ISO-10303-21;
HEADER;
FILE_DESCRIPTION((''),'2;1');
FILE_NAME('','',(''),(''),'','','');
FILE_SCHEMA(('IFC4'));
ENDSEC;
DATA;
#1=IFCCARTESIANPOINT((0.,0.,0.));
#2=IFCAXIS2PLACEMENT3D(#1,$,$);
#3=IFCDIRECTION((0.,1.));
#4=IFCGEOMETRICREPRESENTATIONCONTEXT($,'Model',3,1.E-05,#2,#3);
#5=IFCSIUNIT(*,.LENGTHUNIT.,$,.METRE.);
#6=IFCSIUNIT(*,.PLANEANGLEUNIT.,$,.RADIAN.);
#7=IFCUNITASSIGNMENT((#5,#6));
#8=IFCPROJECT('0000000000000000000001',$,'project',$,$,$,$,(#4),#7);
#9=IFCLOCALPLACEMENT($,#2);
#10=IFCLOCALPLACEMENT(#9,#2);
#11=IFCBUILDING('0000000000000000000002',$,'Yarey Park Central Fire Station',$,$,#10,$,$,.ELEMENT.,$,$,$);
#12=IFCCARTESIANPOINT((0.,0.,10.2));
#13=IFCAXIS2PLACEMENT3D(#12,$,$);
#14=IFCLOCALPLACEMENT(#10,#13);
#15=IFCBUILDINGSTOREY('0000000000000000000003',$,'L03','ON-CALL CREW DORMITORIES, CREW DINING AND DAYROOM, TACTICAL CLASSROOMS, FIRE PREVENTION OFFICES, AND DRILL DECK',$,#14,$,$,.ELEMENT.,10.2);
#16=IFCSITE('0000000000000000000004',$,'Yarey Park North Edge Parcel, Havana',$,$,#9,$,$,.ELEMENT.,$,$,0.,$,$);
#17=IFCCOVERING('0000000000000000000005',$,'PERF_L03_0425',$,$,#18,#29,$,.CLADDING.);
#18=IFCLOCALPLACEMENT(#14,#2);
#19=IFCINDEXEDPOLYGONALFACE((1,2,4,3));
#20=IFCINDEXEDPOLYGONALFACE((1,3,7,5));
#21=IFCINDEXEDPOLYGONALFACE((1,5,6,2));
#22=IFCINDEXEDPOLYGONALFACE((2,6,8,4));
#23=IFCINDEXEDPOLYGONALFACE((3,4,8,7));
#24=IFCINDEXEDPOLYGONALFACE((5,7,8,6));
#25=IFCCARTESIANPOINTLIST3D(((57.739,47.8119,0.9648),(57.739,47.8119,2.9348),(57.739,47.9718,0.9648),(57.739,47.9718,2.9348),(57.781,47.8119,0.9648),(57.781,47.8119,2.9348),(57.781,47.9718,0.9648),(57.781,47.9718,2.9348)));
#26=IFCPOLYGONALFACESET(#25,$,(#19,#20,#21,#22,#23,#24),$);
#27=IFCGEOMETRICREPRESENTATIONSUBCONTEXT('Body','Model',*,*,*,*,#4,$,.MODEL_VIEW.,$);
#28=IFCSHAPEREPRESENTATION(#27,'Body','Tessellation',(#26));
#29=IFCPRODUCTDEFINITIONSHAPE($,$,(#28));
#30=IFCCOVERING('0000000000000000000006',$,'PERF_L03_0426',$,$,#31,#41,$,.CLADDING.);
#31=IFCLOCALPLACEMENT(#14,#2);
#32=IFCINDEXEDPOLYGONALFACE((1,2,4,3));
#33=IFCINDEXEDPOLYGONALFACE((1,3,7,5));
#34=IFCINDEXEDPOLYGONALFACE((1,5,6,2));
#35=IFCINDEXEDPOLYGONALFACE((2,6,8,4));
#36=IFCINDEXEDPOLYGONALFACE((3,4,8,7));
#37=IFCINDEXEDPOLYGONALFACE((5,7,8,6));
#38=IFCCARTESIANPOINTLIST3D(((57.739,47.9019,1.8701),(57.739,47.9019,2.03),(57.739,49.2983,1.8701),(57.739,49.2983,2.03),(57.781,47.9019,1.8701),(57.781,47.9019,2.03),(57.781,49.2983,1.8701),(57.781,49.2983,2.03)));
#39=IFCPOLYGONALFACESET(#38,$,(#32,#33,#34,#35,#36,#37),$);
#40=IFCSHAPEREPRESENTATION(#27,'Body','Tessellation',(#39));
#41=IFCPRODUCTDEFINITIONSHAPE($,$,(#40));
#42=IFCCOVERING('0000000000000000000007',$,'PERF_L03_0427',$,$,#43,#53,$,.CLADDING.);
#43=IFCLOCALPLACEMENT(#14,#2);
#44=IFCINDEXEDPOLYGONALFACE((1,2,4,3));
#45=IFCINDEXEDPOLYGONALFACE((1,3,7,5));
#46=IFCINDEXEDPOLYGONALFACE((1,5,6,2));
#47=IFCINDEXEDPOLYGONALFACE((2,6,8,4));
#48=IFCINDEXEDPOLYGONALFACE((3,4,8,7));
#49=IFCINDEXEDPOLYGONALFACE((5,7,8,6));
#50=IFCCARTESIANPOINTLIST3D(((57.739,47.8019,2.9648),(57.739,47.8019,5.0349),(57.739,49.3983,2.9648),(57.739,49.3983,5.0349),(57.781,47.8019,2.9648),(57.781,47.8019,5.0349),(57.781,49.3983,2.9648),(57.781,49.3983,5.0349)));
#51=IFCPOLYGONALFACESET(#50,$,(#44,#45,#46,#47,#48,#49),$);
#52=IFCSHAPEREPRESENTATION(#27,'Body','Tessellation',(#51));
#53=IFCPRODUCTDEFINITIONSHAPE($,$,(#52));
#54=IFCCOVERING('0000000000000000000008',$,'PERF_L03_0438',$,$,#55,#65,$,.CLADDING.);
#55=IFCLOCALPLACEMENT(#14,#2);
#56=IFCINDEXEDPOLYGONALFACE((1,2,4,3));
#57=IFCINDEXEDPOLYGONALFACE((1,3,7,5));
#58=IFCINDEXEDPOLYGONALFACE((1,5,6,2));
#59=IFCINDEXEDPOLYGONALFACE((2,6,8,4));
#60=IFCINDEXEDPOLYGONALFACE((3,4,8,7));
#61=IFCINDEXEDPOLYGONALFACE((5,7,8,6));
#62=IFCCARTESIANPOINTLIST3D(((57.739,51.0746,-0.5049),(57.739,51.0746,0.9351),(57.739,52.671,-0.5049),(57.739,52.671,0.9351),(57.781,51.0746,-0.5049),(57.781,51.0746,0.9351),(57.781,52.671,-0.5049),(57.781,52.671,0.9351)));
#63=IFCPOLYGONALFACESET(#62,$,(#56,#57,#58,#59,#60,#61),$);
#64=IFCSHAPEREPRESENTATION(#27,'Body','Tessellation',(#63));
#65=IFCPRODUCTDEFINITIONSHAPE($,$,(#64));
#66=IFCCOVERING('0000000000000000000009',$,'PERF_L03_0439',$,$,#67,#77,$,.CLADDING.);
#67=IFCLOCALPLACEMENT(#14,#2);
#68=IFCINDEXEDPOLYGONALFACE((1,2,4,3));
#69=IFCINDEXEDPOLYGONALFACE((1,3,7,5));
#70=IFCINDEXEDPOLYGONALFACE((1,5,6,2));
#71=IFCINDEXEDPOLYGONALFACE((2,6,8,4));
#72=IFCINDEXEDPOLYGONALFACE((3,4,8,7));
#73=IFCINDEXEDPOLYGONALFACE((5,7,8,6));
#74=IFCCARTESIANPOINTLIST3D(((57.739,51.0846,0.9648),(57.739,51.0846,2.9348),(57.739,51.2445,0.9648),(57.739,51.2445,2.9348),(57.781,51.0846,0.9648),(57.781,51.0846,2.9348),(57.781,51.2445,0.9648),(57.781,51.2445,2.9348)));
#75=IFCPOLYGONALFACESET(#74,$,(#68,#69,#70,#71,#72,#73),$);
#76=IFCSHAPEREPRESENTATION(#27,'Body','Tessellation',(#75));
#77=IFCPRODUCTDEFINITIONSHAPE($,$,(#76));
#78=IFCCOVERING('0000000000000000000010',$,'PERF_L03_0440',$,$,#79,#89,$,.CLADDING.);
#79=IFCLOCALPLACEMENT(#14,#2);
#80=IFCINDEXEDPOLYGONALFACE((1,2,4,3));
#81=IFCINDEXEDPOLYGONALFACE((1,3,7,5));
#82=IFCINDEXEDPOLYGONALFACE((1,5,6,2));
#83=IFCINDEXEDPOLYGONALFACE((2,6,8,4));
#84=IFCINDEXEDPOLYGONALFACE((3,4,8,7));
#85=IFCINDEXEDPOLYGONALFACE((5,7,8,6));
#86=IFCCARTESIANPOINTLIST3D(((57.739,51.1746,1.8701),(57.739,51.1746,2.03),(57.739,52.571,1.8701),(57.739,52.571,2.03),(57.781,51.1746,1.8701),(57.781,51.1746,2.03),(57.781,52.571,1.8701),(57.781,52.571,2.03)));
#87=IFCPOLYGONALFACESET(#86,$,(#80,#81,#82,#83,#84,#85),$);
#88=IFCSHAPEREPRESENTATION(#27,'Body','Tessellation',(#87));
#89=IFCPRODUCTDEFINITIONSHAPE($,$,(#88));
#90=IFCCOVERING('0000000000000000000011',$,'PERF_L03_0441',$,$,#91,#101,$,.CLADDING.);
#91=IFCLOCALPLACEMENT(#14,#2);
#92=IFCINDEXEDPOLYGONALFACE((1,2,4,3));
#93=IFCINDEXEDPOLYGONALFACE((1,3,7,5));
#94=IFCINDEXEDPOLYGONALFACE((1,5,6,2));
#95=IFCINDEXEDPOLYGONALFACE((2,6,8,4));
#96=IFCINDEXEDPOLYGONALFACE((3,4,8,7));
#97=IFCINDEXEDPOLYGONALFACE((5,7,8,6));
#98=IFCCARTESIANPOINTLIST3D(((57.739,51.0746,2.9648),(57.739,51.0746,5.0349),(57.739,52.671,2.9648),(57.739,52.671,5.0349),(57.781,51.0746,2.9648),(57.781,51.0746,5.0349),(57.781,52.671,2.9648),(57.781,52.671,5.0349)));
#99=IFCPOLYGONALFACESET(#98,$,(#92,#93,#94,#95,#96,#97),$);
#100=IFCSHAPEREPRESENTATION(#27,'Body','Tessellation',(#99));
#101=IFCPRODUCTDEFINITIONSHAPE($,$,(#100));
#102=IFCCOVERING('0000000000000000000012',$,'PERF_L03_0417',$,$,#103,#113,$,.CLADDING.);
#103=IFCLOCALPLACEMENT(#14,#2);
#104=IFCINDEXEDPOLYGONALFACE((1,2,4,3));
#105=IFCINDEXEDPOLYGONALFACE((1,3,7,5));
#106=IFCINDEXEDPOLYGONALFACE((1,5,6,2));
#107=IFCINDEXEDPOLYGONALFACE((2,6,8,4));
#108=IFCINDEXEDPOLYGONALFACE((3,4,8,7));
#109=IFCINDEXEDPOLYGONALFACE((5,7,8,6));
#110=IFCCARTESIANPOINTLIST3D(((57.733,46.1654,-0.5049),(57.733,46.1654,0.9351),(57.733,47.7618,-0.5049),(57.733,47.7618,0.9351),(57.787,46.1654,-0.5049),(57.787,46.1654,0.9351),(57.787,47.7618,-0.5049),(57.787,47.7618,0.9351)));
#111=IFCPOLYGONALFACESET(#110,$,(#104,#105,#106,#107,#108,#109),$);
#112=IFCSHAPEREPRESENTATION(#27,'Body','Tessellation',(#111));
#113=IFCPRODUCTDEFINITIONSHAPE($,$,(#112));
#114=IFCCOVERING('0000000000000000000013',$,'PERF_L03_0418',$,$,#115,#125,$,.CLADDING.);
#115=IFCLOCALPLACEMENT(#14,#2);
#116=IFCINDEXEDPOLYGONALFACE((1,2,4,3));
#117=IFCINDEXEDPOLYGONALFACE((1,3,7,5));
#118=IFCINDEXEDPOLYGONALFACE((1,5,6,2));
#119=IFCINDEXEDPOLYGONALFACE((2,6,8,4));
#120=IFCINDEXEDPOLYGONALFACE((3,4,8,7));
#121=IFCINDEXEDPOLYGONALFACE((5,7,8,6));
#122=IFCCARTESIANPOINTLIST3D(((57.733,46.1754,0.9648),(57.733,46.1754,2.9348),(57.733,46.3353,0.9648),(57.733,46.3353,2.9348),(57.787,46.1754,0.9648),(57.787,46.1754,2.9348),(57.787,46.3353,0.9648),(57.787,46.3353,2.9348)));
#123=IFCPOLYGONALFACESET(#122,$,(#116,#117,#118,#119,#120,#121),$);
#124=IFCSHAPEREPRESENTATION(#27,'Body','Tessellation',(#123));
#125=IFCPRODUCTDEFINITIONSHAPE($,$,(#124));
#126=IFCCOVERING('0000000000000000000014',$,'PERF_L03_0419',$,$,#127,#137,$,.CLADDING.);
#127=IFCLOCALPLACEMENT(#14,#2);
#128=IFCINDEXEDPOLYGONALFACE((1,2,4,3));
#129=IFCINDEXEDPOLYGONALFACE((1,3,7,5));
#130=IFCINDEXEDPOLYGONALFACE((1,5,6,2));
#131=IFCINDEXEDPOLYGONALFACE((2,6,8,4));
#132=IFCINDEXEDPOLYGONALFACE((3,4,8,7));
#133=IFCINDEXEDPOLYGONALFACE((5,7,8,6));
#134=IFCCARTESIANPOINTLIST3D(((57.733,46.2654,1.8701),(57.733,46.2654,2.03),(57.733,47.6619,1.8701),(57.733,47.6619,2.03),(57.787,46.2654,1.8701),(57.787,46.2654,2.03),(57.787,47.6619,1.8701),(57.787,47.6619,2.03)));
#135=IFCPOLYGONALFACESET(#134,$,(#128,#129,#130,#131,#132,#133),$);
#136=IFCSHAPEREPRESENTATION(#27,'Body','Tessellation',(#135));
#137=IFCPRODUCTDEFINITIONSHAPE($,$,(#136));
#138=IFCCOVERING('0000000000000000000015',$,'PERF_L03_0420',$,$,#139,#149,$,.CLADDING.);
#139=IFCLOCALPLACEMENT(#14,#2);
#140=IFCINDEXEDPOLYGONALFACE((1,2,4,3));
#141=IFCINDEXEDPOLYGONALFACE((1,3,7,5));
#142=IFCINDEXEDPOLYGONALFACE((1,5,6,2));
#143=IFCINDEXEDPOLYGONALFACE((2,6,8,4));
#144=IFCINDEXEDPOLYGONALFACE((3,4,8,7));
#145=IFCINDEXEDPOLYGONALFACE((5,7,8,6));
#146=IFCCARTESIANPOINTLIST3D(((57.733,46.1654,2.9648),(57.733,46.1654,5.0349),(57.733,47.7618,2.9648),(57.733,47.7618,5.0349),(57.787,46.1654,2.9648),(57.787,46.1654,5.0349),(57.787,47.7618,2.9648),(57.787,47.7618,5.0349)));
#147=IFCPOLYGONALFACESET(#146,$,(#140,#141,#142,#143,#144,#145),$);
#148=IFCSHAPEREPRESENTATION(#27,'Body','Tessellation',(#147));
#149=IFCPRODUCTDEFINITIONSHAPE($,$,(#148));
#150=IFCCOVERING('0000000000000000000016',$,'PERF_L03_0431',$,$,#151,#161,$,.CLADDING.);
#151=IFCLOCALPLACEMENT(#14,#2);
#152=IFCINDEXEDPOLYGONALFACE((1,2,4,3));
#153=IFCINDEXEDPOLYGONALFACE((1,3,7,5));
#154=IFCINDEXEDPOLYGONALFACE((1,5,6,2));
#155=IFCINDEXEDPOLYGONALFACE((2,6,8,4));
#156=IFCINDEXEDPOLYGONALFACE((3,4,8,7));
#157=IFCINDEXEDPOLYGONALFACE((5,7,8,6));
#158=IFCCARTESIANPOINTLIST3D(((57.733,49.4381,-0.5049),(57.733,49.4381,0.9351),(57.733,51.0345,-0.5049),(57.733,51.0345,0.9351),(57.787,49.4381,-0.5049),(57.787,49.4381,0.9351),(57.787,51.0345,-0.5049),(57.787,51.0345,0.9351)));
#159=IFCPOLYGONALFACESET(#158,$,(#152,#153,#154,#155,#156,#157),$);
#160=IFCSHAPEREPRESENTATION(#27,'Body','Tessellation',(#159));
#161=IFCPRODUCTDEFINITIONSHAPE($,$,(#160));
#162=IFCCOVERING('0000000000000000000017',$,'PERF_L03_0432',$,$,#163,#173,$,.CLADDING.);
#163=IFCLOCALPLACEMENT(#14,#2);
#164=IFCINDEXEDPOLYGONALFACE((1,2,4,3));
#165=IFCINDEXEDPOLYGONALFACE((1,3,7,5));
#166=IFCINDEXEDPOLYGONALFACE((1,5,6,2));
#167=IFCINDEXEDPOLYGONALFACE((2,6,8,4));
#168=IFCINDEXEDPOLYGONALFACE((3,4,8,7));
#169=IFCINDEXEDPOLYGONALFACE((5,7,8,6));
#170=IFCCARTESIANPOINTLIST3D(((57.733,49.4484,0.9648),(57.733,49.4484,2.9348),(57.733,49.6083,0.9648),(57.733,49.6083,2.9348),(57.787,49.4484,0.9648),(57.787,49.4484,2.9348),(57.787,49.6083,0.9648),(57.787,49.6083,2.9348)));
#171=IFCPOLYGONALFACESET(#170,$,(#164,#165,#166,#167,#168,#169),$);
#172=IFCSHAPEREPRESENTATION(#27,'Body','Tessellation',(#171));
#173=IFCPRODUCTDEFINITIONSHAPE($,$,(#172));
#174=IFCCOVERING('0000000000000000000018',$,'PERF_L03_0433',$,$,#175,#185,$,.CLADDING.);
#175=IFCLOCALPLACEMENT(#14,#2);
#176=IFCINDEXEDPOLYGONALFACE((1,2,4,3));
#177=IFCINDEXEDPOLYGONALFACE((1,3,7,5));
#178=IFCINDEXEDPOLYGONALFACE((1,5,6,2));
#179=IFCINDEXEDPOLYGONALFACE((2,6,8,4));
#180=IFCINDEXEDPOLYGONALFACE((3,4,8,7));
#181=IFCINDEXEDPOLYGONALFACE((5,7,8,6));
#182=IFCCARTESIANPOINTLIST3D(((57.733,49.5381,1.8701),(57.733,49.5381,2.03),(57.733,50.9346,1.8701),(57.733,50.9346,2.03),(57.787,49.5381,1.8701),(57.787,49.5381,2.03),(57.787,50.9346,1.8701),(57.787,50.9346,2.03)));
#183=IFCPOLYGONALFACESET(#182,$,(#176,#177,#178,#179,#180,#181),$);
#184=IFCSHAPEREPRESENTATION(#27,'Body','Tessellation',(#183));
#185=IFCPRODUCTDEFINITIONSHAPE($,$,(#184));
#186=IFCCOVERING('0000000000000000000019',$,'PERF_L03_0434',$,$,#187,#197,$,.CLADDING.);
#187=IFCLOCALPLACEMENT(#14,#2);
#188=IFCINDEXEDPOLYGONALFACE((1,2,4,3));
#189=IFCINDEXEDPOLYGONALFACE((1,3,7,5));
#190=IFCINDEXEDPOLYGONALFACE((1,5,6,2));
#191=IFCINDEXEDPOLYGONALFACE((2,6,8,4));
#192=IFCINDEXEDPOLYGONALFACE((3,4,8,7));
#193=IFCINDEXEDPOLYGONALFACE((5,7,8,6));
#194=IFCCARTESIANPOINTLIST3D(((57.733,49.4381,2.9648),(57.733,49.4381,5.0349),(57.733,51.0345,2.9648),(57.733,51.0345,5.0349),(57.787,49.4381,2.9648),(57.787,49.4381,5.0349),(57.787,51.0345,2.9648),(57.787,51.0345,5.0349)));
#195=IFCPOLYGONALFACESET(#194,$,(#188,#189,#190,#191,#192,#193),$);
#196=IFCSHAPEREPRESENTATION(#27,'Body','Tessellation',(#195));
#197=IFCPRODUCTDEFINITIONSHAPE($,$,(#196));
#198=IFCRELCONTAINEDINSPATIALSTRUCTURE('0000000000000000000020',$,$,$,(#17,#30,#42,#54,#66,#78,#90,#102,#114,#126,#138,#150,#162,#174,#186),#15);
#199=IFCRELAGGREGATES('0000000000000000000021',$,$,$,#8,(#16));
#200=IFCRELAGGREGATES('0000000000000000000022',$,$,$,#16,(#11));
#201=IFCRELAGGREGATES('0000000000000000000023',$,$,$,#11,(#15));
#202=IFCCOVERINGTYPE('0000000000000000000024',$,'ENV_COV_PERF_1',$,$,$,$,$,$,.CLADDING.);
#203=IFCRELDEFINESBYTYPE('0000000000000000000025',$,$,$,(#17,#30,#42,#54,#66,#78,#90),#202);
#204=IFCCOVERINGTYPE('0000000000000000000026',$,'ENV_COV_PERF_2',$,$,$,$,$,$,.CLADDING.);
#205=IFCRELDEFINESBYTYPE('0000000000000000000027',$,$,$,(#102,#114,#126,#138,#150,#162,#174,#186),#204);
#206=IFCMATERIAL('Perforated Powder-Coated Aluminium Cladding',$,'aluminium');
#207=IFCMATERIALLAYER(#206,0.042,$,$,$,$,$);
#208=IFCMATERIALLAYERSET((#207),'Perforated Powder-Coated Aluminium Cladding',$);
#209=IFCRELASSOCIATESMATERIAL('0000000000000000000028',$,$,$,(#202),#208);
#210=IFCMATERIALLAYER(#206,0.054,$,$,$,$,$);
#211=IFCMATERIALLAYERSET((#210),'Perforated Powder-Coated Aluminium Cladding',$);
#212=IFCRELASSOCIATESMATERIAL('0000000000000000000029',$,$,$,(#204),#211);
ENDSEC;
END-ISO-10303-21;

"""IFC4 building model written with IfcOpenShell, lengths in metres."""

from ifc_helpers import new_model, si_unit, direction, frame, origin, origin_2d, place, context, subcontext, project, spatial, rectangle, extrude, material, layer, layer_set, type_object, element, save


model = new_model("IFC4")

# Units and contexts
model_context = context("Model", 3, precision=1e-05, world=origin(), true_north=direction((0.0, 1.0)))
body_context = subcontext(model_context, "Body", "Model", "MODEL_VIEW")
ifc_project = project(units=[si_unit("LENGTHUNIT", "METRE"), si_unit("PLANEANGLEUNIT", "RADIAN")], contexts=[model_context])

# Site, building, storey
site_placement = place(None, origin())
site = spatial("IfcSite", under=ifc_project, at=site_placement, Name="Yarey Park North Edge Parcel, Havana", CompositionType="ELEMENT", RefElevation=0.0)
building_placement = place(site_placement, origin())
building = spatial("IfcBuilding", under=site, at=building_placement, Name="Yarey Park Central Fire Station", CompositionType="ELEMENT")
storey_placement = place(building_placement, frame((0.0, 0.0, 10.2)))
storey = spatial("IfcBuildingStorey", under=building, at=storey_placement, Name="L03", Description="ON-CALL CREW DORMITORIES, CREW DINING AND DAYROOM, TACTICAL CLASSROOMS, FIRE PREVENTION OFFICES, AND DRILL DECK", CompositionType="ELEMENT", Elevation=10.2)

# Coverings
ifc_material_1 = material(Name="Perforated Powder-Coated Aluminium Cladding", Category="aluminium")
ifc_layer_1 = layer(ifc_material_1, 0.042)
ifc_layer_set_1 = layer_set([ifc_layer_1], Name="Perforated Powder-Coated Aluminium Cladding")
covering_type_1 = type_object("IfcCoveringType", Name="ENV_COV_PERF_1", PredefinedType="CLADDING", material=ifc_layer_set_1)
covering_1_placement = place(storey_placement, frame((57.76, 47.8918, 0.9648), z_axis=(0.0, 0.0, 1.0), x_axis=(0.0, 1.0, 0.0)))
element("IfcCovering", 1, at=covering_1_placement, inside=storey, type_object=covering_type_1, Name="PERF_L03_0425", PredefinedType="CLADDING", context=body_context, shape_type="SweptSolid", body=[
    extrude(rectangle(XDim=0.1599, YDim=0.042, at=origin_2d()), origin(), (0.0, 0.0, 1.0), 1.97),
])
covering_2_placement = place(storey_placement, frame((57.76, 48.6001, 1.8701), z_axis=(0.0, 0.0, 1.0), x_axis=(0.0, 1.0, 0.0)))
element("IfcCovering", 2, at=covering_2_placement, inside=storey, type_object=covering_type_1, Name="PERF_L03_0426", PredefinedType="CLADDING", context=body_context, shape_type="SweptSolid", body=[
    extrude(rectangle(XDim=1.3965, YDim=0.042, at=origin_2d()), origin(), (0.0, 0.0, 1.0), 0.1599),
])
covering_3_placement = place(storey_placement, frame((57.76, 48.6001, 2.9648), z_axis=(0.0, 0.0, 1.0), x_axis=(0.0, 1.0, 0.0)))
element("IfcCovering", 3, at=covering_3_placement, inside=storey, type_object=covering_type_1, Name="PERF_L03_0427", PredefinedType="CLADDING", context=body_context, shape_type="SweptSolid", body=[
    extrude(rectangle(XDim=1.5964, YDim=0.042, at=origin_2d()), origin(), (0.0, 0.0, 1.0), 2.0701),
])
covering_4_placement = place(storey_placement, frame((57.76, 51.8728, -0.5049), z_axis=(0.0, 0.0, 1.0), x_axis=(0.0, 1.0, 0.0)))
element("IfcCovering", 4, at=covering_4_placement, inside=storey, type_object=covering_type_1, Name="PERF_L03_0438", PredefinedType="CLADDING", context=body_context, shape_type="SweptSolid", body=[
    extrude(rectangle(XDim=1.5964, YDim=0.042, at=origin_2d()), origin(), (0.0, 0.0, 1.0), 1.4399),
])
covering_5_placement = place(storey_placement, frame((57.76, 51.1646, 0.9648), z_axis=(0.0, 0.0, 1.0), x_axis=(0.0, 1.0, 0.0)))
element("IfcCovering", 5, at=covering_5_placement, inside=storey, type_object=covering_type_1, Name="PERF_L03_0439", PredefinedType="CLADDING", context=body_context, shape_type="SweptSolid", body=[
    extrude(rectangle(XDim=0.1599, YDim=0.042, at=origin_2d()), origin(), (0.0, 0.0, 1.0), 1.97),
])
covering_6_placement = place(storey_placement, frame((57.76, 51.8728, 1.8701), z_axis=(0.0, 0.0, 1.0), x_axis=(0.0, 1.0, 0.0)))
element("IfcCovering", 6, at=covering_6_placement, inside=storey, type_object=covering_type_1, Name="PERF_L03_0440", PredefinedType="CLADDING", context=body_context, shape_type="SweptSolid", body=[
    extrude(rectangle(XDim=1.3965, YDim=0.042, at=origin_2d()), origin(), (0.0, 0.0, 1.0), 0.1599),
])
covering_7_placement = place(storey_placement, frame((57.76, 51.8728, 2.9648), z_axis=(0.0, 0.0, 1.0), x_axis=(0.0, 1.0, 0.0)))
element("IfcCovering", 7, at=covering_7_placement, inside=storey, type_object=covering_type_1, Name="PERF_L03_0441", PredefinedType="CLADDING", context=body_context, shape_type="SweptSolid", body=[
    extrude(rectangle(XDim=1.5964, YDim=0.042, at=origin_2d()), origin(), (0.0, 0.0, 1.0), 2.0701),
])
ifc_layer_2 = layer(ifc_material_1, 0.054)
ifc_layer_set_2 = layer_set([ifc_layer_2], Name="Perforated Powder-Coated Aluminium Cladding")
covering_type_2 = type_object("IfcCoveringType", Name="ENV_COV_PERF_2", PredefinedType="CLADDING", material=ifc_layer_set_2)
covering_8_placement = place(storey_placement, frame((57.76, 46.9636, -0.5049), z_axis=(0.0, 0.0, 1.0), x_axis=(0.0, 1.0, 0.0)))
element("IfcCovering", 8, at=covering_8_placement, inside=storey, type_object=covering_type_2, Name="PERF_L03_0417", PredefinedType="CLADDING", context=body_context, shape_type="SweptSolid", body=[
    extrude(rectangle(XDim=1.5964, YDim=0.054, at=origin_2d()), origin(), (0.0, 0.0, 1.0), 1.4399),
])
covering_9_placement = place(storey_placement, frame((57.76, 46.2554, 0.9648), z_axis=(0.0, 0.0, 1.0), x_axis=(0.0, 1.0, 0.0)))
element("IfcCovering", 9, at=covering_9_placement, inside=storey, type_object=covering_type_2, Name="PERF_L03_0418", PredefinedType="CLADDING", context=body_context, shape_type="SweptSolid", body=[
    extrude(rectangle(XDim=0.1599, YDim=0.054, at=origin_2d()), origin(), (0.0, 0.0, 1.0), 1.97),
])
covering_10_placement = place(storey_placement, frame((57.76, 46.9636, 1.8701), z_axis=(0.0, 0.0, 1.0), x_axis=(0.0, 1.0, 0.0)))
element("IfcCovering", 10, at=covering_10_placement, inside=storey, type_object=covering_type_2, Name="PERF_L03_0419", PredefinedType="CLADDING", context=body_context, shape_type="SweptSolid", body=[
    extrude(rectangle(XDim=1.3965, YDim=0.054, at=origin_2d()), origin(), (0.0, 0.0, 1.0), 0.1599),
])
covering_11_placement = place(storey_placement, frame((57.76, 46.9636, 2.9648), z_axis=(0.0, 0.0, 1.0), x_axis=(0.0, 1.0, 0.0)))
element("IfcCovering", 11, at=covering_11_placement, inside=storey, type_object=covering_type_2, Name="PERF_L03_0420", PredefinedType="CLADDING", context=body_context, shape_type="SweptSolid", body=[
    extrude(rectangle(XDim=1.5964, YDim=0.054, at=origin_2d()), origin(), (0.0, 0.0, 1.0), 2.0701),
])
covering_12_placement = place(storey_placement, frame((57.76, 50.2363, -0.5049), z_axis=(0.0, 0.0, 1.0), x_axis=(0.0, 1.0, 0.0)))
element("IfcCovering", 12, at=covering_12_placement, inside=storey, type_object=covering_type_2, Name="PERF_L03_0431", PredefinedType="CLADDING", context=body_context, shape_type="SweptSolid", body=[
    extrude(rectangle(XDim=1.5964, YDim=0.054, at=origin_2d()), origin(), (0.0, 0.0, 1.0), 1.4399),
])
covering_13_placement = place(storey_placement, frame((57.76, 49.5283, 0.9648), z_axis=(0.0, 0.0, 1.0), x_axis=(0.0, 1.0, 0.0)))
element("IfcCovering", 13, at=covering_13_placement, inside=storey, type_object=covering_type_2, Name="PERF_L03_0432", PredefinedType="CLADDING", context=body_context, shape_type="SweptSolid", body=[
    extrude(rectangle(XDim=0.1599, YDim=0.054, at=origin_2d()), origin(), (0.0, 0.0, 1.0), 1.97),
])
covering_14_placement = place(storey_placement, frame((57.76, 50.2363, 1.8701), z_axis=(0.0, 0.0, 1.0), x_axis=(0.0, 1.0, 0.0)))
element("IfcCovering", 14, at=covering_14_placement, inside=storey, type_object=covering_type_2, Name="PERF_L03_0433", PredefinedType="CLADDING", context=body_context, shape_type="SweptSolid", body=[
    extrude(rectangle(XDim=1.3965, YDim=0.054, at=origin_2d()), origin(), (0.0, 0.0, 1.0), 0.1599),
])
covering_15_placement = place(storey_placement, frame((57.76, 50.2363, 2.9648), z_axis=(0.0, 0.0, 1.0), x_axis=(0.0, 1.0, 0.0)))
element("IfcCovering", 15, at=covering_15_placement, inside=storey, type_object=covering_type_2, Name="PERF_L03_0434", PredefinedType="CLADDING", context=body_context, shape_type="SweptSolid", body=[
    extrude(rectangle(XDim=1.5964, YDim=0.054, at=origin_2d()), origin(), (0.0, 0.0, 1.0), 2.0701),
])

save(model, "model.ifc")
